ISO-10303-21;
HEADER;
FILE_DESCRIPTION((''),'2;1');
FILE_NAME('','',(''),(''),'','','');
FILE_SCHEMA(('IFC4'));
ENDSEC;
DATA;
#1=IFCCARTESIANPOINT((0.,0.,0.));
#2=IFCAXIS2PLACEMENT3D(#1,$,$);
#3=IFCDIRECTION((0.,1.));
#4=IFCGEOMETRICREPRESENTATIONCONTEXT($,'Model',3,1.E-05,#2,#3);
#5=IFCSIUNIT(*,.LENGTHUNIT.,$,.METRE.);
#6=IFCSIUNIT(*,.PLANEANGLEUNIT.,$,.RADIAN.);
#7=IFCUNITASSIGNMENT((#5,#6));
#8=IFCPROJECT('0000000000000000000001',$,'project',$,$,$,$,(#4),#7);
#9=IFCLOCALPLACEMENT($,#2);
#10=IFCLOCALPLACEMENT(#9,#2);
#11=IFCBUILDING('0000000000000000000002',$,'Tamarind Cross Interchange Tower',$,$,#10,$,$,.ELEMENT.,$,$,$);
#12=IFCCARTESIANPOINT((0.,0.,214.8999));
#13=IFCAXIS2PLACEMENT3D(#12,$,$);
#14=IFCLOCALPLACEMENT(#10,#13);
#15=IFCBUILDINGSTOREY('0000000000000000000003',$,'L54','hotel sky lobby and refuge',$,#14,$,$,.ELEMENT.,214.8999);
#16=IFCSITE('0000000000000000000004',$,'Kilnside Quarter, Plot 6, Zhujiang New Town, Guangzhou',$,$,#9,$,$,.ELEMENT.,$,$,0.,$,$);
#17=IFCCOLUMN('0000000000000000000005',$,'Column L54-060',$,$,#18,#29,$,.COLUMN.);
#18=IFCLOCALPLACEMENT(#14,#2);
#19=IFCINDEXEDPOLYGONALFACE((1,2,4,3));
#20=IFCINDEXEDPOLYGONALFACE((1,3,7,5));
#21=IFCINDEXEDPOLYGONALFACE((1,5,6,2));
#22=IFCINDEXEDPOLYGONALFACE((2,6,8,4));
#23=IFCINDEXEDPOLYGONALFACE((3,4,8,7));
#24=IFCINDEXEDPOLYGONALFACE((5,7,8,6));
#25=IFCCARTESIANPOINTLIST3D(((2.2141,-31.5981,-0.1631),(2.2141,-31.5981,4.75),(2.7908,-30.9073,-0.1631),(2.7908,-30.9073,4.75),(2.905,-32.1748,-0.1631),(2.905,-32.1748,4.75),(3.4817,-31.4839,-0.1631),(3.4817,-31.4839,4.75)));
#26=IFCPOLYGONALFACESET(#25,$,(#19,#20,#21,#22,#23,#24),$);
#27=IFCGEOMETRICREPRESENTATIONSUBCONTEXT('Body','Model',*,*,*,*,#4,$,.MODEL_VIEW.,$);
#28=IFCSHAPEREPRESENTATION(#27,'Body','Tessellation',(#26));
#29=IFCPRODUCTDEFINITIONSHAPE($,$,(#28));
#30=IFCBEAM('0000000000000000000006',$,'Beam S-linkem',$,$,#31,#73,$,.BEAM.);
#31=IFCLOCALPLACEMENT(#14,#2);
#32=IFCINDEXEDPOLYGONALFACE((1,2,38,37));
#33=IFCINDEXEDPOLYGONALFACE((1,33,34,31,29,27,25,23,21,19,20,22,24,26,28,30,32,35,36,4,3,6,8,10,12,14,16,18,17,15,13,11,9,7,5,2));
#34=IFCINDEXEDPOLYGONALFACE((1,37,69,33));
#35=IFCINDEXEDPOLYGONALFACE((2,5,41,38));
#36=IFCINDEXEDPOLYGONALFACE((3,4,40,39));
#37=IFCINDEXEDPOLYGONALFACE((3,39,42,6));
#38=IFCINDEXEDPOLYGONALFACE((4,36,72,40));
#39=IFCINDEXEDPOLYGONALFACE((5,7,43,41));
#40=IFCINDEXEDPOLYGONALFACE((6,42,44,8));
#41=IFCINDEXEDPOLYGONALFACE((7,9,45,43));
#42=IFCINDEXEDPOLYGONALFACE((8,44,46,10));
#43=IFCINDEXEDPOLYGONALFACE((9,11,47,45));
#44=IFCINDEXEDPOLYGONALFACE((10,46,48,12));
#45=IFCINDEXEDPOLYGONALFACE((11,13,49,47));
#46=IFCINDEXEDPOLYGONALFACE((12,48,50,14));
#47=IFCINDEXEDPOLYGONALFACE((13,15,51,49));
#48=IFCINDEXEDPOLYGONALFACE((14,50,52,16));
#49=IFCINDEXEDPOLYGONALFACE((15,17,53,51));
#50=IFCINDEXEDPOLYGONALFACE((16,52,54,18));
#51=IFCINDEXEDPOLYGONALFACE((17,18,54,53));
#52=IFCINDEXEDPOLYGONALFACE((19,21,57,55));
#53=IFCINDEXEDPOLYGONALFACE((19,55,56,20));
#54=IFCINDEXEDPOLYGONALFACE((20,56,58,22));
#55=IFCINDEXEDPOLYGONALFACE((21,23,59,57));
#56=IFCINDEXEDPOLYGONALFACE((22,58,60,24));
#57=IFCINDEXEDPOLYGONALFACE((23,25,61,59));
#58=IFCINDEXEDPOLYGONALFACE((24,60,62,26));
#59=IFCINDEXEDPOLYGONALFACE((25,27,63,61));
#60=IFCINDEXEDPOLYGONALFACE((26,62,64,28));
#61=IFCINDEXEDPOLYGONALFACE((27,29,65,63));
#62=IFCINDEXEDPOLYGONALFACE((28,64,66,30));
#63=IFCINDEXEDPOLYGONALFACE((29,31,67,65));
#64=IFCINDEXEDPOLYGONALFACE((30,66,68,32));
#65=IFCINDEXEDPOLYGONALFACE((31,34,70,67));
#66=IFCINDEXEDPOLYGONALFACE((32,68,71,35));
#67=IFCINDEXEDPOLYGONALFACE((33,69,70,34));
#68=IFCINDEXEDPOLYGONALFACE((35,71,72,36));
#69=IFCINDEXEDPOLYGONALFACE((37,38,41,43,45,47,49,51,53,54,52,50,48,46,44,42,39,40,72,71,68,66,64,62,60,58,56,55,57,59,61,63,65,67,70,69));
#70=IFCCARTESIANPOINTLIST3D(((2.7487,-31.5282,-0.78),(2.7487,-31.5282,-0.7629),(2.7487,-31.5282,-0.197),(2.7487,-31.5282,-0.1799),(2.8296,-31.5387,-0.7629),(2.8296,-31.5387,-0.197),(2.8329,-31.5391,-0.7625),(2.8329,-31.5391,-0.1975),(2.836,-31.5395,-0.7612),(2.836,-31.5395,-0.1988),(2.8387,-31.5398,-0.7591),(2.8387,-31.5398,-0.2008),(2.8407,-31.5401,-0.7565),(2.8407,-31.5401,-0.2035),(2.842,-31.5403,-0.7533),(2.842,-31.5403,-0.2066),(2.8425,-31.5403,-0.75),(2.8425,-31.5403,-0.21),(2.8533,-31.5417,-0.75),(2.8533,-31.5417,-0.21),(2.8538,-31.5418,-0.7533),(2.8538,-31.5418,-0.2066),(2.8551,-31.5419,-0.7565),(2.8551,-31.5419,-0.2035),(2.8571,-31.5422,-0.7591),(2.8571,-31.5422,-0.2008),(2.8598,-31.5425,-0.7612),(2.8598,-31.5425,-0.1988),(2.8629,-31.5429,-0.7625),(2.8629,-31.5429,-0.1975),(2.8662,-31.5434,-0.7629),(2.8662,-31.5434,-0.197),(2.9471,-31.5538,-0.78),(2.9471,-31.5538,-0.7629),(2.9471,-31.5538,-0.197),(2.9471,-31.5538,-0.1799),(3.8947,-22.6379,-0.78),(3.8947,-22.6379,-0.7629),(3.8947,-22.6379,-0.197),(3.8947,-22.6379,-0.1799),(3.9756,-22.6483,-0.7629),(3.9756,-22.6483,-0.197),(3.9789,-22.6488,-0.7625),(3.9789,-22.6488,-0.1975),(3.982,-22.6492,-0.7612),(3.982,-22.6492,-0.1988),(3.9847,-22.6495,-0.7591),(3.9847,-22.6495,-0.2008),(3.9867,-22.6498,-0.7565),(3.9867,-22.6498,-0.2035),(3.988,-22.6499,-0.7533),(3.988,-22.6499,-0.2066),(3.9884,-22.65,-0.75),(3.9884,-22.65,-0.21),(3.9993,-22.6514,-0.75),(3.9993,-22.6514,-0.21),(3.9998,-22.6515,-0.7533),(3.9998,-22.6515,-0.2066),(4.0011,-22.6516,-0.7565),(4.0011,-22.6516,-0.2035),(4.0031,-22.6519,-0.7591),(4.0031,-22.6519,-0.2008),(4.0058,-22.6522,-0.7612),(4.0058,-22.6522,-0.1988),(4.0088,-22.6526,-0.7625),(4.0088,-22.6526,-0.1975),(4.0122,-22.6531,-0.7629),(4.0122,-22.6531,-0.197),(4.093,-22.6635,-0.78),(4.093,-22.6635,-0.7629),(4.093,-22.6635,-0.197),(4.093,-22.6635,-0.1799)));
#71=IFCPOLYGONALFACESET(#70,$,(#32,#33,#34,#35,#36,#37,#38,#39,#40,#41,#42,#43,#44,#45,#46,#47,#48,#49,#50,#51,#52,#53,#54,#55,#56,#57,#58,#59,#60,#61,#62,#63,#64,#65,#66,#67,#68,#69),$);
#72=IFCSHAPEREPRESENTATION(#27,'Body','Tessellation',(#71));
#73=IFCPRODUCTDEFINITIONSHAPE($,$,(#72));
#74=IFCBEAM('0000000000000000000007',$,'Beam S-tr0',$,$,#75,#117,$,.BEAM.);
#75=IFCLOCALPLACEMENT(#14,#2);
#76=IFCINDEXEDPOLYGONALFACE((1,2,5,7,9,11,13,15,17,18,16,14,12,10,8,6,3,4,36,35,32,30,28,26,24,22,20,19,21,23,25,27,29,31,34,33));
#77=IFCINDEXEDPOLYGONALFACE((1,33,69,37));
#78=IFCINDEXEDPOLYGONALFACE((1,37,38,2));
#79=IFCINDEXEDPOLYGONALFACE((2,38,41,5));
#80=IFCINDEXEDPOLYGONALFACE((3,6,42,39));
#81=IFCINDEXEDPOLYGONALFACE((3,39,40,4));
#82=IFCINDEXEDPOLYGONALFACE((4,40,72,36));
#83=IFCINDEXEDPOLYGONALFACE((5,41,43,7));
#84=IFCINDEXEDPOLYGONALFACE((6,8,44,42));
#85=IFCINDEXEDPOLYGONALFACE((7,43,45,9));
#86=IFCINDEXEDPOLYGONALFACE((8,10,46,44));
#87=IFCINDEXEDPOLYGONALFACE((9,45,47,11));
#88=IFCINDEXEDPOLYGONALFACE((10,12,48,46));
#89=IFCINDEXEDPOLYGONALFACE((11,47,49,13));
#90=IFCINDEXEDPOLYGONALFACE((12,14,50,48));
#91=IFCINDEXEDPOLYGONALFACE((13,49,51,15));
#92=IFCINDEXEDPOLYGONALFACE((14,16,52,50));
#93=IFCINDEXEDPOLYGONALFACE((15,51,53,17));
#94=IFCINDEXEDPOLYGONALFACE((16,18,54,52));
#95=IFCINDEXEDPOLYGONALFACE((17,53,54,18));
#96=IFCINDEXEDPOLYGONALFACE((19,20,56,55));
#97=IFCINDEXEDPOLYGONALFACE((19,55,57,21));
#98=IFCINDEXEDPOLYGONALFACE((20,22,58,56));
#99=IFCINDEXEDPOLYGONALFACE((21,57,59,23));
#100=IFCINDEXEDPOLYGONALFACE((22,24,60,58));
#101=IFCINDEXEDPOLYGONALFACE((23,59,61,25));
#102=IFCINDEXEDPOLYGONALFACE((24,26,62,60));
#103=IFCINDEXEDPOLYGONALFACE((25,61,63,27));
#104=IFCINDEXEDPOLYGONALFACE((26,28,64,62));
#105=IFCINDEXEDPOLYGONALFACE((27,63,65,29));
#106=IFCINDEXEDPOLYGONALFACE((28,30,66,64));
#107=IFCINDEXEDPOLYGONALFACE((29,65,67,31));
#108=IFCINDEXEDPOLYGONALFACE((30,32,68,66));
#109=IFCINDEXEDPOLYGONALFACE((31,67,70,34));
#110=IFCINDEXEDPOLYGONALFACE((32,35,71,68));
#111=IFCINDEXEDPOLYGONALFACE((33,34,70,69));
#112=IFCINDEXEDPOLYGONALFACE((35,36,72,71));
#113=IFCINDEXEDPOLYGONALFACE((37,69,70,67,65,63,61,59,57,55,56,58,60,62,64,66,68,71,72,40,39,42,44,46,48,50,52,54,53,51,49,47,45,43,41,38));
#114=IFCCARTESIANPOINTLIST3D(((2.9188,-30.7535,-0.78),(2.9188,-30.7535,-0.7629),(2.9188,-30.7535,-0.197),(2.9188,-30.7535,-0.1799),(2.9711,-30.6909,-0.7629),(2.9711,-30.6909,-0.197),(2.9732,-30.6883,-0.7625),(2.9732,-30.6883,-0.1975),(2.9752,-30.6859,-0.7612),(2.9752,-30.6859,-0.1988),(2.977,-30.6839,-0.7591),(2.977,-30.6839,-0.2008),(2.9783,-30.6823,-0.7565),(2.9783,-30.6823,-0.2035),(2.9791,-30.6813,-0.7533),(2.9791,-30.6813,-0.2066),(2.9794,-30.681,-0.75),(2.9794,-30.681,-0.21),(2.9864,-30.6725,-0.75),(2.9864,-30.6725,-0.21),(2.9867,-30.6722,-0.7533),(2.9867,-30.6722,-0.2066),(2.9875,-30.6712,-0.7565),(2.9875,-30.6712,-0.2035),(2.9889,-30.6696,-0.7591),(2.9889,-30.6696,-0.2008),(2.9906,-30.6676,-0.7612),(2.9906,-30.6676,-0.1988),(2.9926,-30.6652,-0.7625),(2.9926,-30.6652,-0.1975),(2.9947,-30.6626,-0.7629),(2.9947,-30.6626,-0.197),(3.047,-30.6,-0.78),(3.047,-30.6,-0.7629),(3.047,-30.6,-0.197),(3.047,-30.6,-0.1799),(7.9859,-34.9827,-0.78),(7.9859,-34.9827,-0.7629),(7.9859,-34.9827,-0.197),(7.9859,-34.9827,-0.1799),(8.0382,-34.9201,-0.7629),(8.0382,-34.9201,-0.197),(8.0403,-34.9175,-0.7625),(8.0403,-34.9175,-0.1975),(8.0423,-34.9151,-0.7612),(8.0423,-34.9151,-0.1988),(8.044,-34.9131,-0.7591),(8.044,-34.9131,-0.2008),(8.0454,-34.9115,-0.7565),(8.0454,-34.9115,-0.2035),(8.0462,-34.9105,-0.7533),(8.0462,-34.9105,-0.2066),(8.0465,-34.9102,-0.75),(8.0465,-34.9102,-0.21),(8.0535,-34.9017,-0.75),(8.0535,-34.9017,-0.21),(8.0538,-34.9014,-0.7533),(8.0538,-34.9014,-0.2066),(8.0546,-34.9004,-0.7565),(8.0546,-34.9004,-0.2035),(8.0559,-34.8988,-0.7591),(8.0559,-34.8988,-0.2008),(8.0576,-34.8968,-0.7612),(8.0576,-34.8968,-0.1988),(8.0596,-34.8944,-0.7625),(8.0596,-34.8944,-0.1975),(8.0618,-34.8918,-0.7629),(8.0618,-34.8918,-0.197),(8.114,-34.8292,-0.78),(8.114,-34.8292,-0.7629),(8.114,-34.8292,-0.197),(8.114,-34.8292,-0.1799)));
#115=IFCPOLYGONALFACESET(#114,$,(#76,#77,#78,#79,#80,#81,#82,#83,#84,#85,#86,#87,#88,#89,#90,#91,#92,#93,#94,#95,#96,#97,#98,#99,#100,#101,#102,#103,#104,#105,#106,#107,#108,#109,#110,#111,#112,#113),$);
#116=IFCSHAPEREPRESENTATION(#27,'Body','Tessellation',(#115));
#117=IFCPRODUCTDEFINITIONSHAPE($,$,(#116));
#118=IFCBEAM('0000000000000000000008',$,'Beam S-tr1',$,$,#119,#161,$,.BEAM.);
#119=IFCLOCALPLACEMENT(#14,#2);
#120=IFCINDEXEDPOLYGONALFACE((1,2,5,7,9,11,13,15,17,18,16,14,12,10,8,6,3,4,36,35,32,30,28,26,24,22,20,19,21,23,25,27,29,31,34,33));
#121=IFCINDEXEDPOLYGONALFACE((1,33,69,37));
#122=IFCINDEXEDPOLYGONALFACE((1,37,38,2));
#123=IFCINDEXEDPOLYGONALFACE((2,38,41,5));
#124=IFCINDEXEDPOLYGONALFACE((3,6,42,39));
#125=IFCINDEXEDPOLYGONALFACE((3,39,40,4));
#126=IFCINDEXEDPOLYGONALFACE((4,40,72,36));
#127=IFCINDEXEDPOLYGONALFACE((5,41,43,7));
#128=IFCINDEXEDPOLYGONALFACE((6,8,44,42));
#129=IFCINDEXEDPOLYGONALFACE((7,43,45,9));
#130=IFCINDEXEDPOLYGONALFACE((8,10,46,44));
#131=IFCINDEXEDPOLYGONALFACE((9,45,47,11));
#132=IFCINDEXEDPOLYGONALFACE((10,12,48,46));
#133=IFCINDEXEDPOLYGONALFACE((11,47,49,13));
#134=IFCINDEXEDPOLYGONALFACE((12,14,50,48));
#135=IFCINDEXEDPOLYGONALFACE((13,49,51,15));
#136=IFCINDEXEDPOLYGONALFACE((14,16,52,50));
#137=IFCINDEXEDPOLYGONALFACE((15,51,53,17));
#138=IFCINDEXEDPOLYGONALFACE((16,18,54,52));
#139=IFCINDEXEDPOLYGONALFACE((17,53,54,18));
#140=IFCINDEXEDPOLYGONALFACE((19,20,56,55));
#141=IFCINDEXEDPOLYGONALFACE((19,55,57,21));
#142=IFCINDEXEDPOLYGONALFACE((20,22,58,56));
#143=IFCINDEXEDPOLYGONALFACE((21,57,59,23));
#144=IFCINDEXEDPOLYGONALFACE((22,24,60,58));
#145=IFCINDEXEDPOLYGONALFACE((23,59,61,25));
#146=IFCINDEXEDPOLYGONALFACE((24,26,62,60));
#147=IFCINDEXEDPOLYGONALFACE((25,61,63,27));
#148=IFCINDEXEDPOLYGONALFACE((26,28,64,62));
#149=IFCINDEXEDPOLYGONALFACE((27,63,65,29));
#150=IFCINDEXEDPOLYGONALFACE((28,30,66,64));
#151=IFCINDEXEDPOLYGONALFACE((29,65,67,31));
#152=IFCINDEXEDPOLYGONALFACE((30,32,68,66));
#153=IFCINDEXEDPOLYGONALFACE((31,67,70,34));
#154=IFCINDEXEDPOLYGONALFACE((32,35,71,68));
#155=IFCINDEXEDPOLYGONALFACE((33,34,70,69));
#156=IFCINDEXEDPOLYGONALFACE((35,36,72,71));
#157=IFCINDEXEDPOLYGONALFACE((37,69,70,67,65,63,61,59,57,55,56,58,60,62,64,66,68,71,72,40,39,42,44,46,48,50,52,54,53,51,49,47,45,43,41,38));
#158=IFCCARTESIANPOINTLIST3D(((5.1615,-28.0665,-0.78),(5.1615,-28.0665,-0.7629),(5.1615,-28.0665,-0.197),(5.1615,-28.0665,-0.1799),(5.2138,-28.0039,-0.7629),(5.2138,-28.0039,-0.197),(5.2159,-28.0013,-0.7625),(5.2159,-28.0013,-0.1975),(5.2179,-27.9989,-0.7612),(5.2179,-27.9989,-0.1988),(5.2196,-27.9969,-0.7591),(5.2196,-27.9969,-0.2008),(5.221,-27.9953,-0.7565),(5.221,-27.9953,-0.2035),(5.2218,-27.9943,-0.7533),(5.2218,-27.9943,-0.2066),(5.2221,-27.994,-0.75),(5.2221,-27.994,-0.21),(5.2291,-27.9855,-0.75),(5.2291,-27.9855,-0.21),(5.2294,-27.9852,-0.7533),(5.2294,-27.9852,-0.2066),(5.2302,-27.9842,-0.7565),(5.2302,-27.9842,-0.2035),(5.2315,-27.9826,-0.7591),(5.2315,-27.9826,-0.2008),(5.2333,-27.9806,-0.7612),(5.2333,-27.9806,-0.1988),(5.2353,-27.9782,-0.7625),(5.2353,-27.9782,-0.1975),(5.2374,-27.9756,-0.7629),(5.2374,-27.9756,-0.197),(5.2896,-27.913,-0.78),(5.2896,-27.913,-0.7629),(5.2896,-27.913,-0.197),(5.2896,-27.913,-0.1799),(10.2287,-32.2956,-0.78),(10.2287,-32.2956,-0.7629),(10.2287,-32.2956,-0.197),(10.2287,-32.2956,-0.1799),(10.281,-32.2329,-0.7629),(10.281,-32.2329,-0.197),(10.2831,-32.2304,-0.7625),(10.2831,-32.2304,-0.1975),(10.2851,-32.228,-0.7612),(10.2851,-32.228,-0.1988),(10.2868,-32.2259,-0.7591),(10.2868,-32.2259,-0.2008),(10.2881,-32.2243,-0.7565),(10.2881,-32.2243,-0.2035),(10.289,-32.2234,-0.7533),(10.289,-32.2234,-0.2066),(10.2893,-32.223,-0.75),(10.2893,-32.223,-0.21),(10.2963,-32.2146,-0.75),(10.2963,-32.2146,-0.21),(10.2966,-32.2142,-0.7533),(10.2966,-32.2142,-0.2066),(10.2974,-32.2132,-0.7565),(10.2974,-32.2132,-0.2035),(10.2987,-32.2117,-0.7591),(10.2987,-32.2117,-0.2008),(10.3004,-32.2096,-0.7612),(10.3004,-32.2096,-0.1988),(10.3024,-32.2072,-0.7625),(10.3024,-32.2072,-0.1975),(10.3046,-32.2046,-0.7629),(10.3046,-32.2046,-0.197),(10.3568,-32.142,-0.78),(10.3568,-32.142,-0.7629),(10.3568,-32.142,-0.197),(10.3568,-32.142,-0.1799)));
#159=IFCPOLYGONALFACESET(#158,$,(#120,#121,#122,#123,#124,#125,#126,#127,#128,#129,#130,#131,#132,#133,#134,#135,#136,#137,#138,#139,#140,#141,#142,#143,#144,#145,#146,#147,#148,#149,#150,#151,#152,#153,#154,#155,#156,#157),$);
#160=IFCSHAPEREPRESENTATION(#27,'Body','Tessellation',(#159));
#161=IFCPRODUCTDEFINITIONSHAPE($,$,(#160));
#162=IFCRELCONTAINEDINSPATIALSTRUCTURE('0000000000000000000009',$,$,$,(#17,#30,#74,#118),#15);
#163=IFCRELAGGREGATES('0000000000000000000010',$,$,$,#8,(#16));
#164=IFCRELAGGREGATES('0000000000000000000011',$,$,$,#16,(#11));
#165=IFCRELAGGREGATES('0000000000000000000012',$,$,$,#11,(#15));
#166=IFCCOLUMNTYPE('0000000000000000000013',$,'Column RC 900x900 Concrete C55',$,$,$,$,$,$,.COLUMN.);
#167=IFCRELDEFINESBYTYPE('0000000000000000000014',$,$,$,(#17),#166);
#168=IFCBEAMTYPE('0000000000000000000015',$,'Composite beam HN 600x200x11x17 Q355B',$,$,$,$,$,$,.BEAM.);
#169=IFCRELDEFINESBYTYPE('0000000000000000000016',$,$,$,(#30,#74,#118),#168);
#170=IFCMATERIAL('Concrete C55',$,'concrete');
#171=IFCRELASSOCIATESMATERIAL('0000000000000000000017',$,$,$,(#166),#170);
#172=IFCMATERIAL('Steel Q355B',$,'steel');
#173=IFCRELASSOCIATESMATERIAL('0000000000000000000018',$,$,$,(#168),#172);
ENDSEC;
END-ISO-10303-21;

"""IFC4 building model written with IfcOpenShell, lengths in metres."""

from ifc_helpers import new_model, si_unit, direction, frame, origin, origin_2d, place, context, subcontext, project, spatial, rectangle, i_section, extrude, material, material_profile, profile_set, type_object, element, save


model = new_model("IFC4")

# Units and contexts
model_context = context("Model", 3, precision=1e-05, world=origin(), true_north=direction((0.0, 1.0)))
body_context = subcontext(model_context, "Body", "Model", "MODEL_VIEW")
ifc_project = project(units=[si_unit("LENGTHUNIT", "METRE"), si_unit("PLANEANGLEUNIT", "RADIAN")], contexts=[model_context])

# Site, building, storey
site_placement = place(None, origin())
site = spatial("IfcSite", under=ifc_project, at=site_placement, Name="Kilnside Quarter, Plot 6, Zhujiang New Town, Guangzhou", CompositionType="ELEMENT", RefElevation=0.0)
building_placement = place(site_placement, origin())
building = spatial("IfcBuilding", under=site, at=building_placement, Name="Tamarind Cross Interchange Tower", CompositionType="ELEMENT")
storey_placement = place(building_placement, frame((0.0, 0.0, 214.8999)))
storey = spatial("IfcBuildingStorey", under=building, at=storey_placement, Name="L54", Description="hotel sky lobby and refuge", CompositionType="ELEMENT", Elevation=214.8999)

# Column
ifc_material_1 = material(Name="Concrete C55", Category="concrete")
ifc_material_profile_1 = material_profile(ifc_material_1, rectangle(XDim=0.8999, YDim=0.8999, at=origin_2d()), Name="RC 900x900")
ifc_profile_set_1 = profile_set([ifc_material_profile_1], Name="Concrete C55")
column_type = type_object("IfcColumnType", Name="Column RC 900x900 Concrete C55", PredefinedType="COLUMN", material=ifc_profile_set_1)
column_placement = place(storey_placement, frame((2.8479, -31.541, -0.1631), z_axis=(0.0, 0.0, 1.0), x_axis=(0.640775, 0.767729, 0.0)))
element("IfcColumn", 1, at=column_placement, inside=storey, type_object=column_type, Name="Column L54-060", PredefinedType="COLUMN", context=body_context, shape_type="SweptSolid", body=[
    extrude(rectangle(XDim=0.8999, YDim=0.8999, at=origin_2d()), origin(), (0.0, 0.0, 1.0), 4.9131),
])

# Beams
ifc_material_2 = material(Name="Steel Q355B", Category="steel")
ifc_material_profile_2 = material_profile(ifc_material_2, i_section(OverallWidth=0.2, OverallDepth=0.6001, WebThickness=0.011, FlangeThickness=0.0171, FilletRadius=0.0129, at=origin_2d()), Name="HN 600x200x11x17")
ifc_profile_set_2 = profile_set([ifc_material_profile_2], Name="Steel Q355B")
beam_type_1 = type_object("IfcBeamType", Name="Composite beam HN 600x200x11x17 Q355B", PredefinedType="BEAM", material=ifc_profile_set_2)
beam_1_placement = place(storey_placement, frame((2.8479, -31.541, -0.48), z_axis=(0.127845, 0.991794, 0.0), x_axis=(-0.991794, 0.127845, 0.0)))
element("IfcBeam", 2, at=beam_1_placement, inside=storey, type_object=beam_type_1, Name="Beam S-linkem", PredefinedType="BEAM", context=body_context, shape_type="SweptSolid", body=[
    extrude(i_section(OverallWidth=0.2, OverallDepth=0.6001, WebThickness=0.011, FlangeThickness=0.0171, FilletRadius=0.0129, at=origin_2d()), origin(), (0.0, 0.0, 1.0), 8.9639),
])
for number, where, z_axis, x_axis, name in (
    (3, (2.9829, -30.6768, -0.48), (0.767727, -0.640777, 0.0), (0.640777, 0.767727, 0.0), "Beam S-tr0"),
    (4, (5.2256, -27.9897, -0.48), (0.767745, -0.640755, 0.0), (0.640755, 0.767745, 0.0), "Beam S-tr1"),
):
    element("IfcBeam", number, at=place(storey_placement, frame(where, z_axis=z_axis, x_axis=x_axis)), inside=storey, type_object=beam_type_1, Name=name, PredefinedType="BEAM", context=body_context, shape_type="SweptSolid", body=[
        extrude(i_section(OverallWidth=0.2, OverallDepth=0.6001, WebThickness=0.011, FlangeThickness=0.0171, FilletRadius=0.0129, at=origin_2d()), origin(), (0.0, 0.0, 1.0), 6.6001),
    ])

save(model, "model.ifc")
